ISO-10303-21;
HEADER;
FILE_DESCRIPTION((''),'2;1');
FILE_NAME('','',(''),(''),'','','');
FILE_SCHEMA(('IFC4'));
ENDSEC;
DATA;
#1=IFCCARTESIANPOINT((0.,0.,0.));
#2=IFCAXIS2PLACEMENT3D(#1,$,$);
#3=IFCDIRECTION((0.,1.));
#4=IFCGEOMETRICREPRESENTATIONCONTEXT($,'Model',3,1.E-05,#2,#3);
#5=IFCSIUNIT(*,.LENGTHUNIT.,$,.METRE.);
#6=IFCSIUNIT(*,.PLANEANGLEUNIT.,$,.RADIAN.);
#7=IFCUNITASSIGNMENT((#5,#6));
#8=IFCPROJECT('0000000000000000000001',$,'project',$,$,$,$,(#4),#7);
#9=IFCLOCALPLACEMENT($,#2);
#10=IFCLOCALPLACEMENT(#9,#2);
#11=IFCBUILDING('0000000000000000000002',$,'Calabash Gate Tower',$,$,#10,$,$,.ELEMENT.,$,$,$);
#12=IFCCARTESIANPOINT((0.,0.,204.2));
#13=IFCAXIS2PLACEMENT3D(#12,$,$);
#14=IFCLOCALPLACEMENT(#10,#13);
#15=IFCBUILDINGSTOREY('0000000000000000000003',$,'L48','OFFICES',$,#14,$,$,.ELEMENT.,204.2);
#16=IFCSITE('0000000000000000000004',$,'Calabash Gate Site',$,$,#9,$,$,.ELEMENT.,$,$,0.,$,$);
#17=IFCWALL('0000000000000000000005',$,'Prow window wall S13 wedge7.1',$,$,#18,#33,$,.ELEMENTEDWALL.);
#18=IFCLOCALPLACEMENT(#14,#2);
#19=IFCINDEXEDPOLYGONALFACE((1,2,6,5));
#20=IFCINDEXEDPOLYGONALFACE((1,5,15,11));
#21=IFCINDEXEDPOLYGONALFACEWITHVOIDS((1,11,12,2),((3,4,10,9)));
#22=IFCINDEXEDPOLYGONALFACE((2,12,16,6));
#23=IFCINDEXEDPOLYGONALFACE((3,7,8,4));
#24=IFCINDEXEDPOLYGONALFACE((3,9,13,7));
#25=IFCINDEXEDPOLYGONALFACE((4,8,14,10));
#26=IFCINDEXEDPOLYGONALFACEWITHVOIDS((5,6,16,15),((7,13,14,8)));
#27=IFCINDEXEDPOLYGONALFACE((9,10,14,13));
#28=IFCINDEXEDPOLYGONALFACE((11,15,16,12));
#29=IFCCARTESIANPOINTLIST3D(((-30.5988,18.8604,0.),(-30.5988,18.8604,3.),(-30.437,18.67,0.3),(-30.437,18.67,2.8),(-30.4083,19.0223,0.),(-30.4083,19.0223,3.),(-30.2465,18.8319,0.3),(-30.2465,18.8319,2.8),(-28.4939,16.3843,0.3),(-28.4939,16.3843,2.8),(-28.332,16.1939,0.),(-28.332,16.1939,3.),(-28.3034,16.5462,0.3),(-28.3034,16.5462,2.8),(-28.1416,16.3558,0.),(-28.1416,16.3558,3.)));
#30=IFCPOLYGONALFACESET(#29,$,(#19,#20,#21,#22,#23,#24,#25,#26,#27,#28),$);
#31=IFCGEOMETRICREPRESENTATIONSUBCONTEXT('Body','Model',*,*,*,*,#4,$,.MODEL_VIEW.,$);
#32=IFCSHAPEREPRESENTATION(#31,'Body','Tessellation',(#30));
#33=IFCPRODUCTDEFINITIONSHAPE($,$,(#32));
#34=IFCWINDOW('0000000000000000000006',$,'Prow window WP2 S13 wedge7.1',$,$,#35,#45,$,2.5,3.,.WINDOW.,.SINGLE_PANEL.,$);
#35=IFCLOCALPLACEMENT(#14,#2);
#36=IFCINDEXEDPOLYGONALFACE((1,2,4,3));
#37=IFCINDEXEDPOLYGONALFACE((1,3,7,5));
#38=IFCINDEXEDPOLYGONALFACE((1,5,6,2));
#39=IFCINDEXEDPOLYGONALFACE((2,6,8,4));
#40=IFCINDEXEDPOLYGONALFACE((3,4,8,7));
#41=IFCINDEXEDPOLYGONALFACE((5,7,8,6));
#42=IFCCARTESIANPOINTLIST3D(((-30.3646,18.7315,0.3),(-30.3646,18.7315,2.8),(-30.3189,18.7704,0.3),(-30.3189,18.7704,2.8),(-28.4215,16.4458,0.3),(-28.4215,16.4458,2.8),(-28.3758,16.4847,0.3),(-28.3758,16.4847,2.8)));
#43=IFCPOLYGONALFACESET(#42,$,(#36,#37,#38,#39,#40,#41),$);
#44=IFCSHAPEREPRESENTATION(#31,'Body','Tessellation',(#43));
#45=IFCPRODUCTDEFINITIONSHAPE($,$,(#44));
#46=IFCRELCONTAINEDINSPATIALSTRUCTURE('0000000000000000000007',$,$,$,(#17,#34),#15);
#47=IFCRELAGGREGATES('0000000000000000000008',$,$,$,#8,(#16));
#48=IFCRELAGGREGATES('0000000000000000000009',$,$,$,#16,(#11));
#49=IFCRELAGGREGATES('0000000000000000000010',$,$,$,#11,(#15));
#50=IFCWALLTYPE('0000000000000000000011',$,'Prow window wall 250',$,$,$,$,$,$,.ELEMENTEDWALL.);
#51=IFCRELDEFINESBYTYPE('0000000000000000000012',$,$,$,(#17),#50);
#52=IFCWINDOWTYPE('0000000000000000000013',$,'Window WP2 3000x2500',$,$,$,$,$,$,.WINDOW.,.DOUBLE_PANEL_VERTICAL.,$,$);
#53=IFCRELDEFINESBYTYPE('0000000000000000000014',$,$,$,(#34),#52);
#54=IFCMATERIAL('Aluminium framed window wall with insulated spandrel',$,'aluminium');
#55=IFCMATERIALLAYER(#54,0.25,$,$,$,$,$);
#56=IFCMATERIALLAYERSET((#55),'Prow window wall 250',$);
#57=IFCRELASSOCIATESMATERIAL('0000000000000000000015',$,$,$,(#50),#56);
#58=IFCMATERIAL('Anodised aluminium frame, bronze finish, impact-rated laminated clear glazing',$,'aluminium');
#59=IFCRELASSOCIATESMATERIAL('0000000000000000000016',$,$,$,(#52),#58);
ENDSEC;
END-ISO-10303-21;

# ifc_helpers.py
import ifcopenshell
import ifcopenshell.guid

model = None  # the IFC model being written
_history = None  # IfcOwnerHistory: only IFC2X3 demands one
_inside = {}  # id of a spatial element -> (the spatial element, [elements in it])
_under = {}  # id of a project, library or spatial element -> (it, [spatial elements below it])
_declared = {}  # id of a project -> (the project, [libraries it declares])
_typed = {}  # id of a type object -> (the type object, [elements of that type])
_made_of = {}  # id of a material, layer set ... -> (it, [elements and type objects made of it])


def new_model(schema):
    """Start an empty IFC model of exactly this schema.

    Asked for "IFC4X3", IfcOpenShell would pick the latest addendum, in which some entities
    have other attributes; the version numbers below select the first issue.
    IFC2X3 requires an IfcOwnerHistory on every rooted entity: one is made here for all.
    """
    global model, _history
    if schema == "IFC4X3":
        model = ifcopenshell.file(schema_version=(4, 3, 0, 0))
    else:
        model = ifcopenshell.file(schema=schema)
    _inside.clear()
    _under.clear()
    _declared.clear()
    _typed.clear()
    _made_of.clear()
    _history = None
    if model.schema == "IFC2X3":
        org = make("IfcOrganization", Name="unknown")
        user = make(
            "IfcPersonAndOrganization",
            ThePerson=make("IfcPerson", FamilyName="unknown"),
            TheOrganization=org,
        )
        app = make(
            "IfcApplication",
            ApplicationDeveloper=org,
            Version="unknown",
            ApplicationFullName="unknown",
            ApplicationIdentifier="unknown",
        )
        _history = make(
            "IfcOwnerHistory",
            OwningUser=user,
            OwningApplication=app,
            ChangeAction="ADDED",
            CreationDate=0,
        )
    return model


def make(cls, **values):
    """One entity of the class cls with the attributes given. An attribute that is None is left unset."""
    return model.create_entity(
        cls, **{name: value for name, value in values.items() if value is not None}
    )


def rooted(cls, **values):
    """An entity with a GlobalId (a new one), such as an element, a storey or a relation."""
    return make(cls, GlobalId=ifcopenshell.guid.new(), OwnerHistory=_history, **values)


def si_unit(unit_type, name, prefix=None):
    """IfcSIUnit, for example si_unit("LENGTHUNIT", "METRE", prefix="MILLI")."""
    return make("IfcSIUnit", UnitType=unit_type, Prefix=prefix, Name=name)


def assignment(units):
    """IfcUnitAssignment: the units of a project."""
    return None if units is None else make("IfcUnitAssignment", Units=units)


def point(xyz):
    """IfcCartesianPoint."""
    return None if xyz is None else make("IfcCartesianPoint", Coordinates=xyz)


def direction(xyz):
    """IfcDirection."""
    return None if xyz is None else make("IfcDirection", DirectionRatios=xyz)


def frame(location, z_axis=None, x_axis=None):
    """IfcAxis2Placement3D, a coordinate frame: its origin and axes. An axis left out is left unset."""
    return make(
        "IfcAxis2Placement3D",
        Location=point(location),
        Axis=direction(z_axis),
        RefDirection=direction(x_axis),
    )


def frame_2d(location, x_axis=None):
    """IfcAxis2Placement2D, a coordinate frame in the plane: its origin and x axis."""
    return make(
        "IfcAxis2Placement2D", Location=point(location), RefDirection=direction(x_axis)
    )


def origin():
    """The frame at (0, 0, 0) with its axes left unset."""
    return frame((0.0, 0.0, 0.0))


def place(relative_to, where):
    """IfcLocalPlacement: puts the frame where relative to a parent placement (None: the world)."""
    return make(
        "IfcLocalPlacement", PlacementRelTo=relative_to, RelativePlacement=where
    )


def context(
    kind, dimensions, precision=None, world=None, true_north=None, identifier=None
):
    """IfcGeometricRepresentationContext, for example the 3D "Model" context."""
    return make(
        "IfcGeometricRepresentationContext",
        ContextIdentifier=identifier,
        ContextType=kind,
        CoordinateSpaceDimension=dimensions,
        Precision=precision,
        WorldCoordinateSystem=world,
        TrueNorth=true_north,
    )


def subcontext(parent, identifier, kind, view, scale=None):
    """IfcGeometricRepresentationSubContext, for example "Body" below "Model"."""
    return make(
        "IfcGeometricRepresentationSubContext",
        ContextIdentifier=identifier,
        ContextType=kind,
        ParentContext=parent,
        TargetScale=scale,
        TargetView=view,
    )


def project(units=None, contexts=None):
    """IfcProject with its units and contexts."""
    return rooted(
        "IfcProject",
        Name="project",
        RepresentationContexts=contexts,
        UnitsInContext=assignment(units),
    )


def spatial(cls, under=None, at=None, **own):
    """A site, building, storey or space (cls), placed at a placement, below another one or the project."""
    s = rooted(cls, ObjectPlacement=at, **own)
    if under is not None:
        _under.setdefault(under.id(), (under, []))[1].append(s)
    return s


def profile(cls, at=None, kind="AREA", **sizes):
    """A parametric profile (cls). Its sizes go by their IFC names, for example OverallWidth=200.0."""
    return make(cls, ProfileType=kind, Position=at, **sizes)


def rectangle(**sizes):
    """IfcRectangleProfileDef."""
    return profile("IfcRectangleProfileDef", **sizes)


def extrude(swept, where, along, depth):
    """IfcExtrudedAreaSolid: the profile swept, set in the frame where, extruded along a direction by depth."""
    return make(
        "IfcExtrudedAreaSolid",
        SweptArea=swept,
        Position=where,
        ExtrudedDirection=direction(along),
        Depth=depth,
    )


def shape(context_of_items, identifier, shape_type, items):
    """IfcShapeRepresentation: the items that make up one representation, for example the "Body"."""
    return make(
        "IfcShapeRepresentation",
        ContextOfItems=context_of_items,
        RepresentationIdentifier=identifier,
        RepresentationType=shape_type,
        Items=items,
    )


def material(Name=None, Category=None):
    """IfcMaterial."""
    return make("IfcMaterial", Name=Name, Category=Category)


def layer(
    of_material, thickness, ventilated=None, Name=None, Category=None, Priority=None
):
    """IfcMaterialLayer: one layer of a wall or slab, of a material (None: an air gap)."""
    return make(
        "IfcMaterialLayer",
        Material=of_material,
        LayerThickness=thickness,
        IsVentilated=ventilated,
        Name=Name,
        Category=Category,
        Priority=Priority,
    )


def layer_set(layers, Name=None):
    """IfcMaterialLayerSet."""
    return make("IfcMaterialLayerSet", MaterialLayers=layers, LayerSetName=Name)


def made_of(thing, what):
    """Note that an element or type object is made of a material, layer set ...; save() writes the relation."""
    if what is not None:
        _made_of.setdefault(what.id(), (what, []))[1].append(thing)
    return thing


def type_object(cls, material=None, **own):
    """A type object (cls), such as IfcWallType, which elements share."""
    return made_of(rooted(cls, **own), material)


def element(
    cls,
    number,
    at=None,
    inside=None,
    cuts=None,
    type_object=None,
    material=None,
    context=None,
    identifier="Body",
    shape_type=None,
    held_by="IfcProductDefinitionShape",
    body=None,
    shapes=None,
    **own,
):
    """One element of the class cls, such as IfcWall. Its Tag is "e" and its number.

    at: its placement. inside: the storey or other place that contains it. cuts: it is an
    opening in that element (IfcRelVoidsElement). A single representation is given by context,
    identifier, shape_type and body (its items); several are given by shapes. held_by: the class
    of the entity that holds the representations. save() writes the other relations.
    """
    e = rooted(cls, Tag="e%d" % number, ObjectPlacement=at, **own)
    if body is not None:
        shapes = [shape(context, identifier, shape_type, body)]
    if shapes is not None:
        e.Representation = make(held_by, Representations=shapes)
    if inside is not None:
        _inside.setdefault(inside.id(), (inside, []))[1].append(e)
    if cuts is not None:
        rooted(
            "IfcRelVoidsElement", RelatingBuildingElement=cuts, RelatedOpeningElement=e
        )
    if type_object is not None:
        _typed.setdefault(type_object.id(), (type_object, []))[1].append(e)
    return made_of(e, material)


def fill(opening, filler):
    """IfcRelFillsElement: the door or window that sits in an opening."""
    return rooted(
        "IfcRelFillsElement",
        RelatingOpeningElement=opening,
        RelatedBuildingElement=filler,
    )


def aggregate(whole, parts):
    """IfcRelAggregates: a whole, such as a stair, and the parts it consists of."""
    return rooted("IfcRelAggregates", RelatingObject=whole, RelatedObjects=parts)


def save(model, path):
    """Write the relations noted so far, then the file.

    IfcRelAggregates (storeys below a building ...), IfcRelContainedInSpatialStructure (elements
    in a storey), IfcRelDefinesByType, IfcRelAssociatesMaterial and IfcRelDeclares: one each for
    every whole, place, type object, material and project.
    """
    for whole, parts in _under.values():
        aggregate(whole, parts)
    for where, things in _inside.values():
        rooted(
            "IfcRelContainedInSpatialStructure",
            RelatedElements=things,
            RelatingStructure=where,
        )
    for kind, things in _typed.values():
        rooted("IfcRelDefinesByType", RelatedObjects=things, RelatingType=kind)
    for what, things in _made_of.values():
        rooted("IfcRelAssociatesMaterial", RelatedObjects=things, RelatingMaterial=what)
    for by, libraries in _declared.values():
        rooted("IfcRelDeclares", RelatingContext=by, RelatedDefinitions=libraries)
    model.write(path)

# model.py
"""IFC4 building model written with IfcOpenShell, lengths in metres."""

from ifc_helpers import new_model, si_unit, direction, frame, frame_2d, origin, place, context, subcontext, project, spatial, rectangle, extrude, material, layer, layer_set, type_object, element, fill, save


model = new_model("IFC4")

# Units and contexts
model_context = context("Model", 3, precision=1e-05, world=origin(), true_north=direction((0.0, 1.0)))
body_context = subcontext(model_context, "Body", "Model", "MODEL_VIEW")
ifc_project = project(units=[si_unit("LENGTHUNIT", "METRE"), si_unit("PLANEANGLEUNIT", "RADIAN")], contexts=[model_context])

# Site, building, storey
site_placement = place(None, origin())
site = spatial("IfcSite", under=ifc_project, at=site_placement, Name="Calabash Gate Site", CompositionType="ELEMENT", RefElevation=0.0)
building_placement = place(site_placement, origin())
building = spatial("IfcBuilding", under=site, at=building_placement, Name="Calabash Gate Tower", CompositionType="ELEMENT")
storey_placement = place(building_placement, frame((0.0, 0.0, 204.2)))
storey = spatial("IfcBuildingStorey", under=building, at=storey_placement, Name="L48", Description="OFFICES", CompositionType="ELEMENT", Elevation=204.2)

# Wall, opening, window
ifc_material_1 = material(Name="Aluminium framed window wall with insulated spandrel", Category="aluminium")
ifc_layer_1 = layer(ifc_material_1, 0.25)
ifc_layer_set_1 = layer_set([ifc_layer_1], Name="Prow window wall 250")
wall_type_1 = type_object("IfcWallType", Name="Prow window wall 250", PredefinedType="ELEMENTEDWALL", material=ifc_layer_set_1)
ifc_material_2 = material(Name="Anodised aluminium frame, bronze finish, impact-rated laminated clear glazing", Category="aluminium")
window_type = type_object("IfcWindowType", Name="Window WP2 3000x2500", PartitioningType="DOUBLE_PANEL_VERTICAL", PredefinedType="WINDOW", material=ifc_material_2)
wall_1_placement = place(storey_placement, frame((-30.5037, 18.9414, 0.0), z_axis=(0.0, 0.0, 1.0), x_axis=(0.647701, -0.761895, 0.0)))
wall_1 = element("IfcWall", 1, at=wall_1_placement, inside=storey, type_object=wall_type_1, Name="Prow window wall S13 wedge7.1", PredefinedType="ELEMENTEDWALL", context=body_context, shape_type="SweptSolid", body=[
    extrude(rectangle(XDim=3.4998, YDim=0.25, at=frame_2d((1.75, 0.0))), origin(), (0.0, 0.0, 1.0), 3.0),
])
opening_1_placement = place(wall_1_placement, frame((0.25, 0.0, 0.3)))
opening_1 = element("IfcOpeningElement", 2, at=opening_1_placement, cuts=wall_1, PredefinedType="OPENING", context=body_context, shape_type="SweptSolid", body=[
    extrude(rectangle(XDim=3.0, YDim=2.5, at=frame_2d((1.5, 1.25))), frame((0.0, 0.135, 0.0), z_axis=(0.0, -1.0, 0.0), x_axis=(1.0, 0.0, 0.0)), (0.0, 0.0, 1.0), 0.27),
])
window_1_placement = place(opening_1_placement, origin())
window_1 = element("IfcWindow", 3, at=window_1_placement, inside=storey, type_object=window_type, Name="Prow window WP2 S13 wedge7.1", OverallHeight=2.5, OverallWidth=3.0, PartitioningType="SINGLE_PANEL", PredefinedType="WINDOW", context=body_context, shape_type="SweptSolid", body=[
    extrude(rectangle(XDim=3.0, YDim=2.5, at=frame_2d((1.5, 1.25))), frame((0.0, 0.03, 0.0), z_axis=(0.0, -1.0, 0.0), x_axis=(1.0, 0.0, 0.0)), (0.0, 0.0, 1.0), 0.0601),
])
fill(opening_1, window_1)

save(model, "model.ifc")
